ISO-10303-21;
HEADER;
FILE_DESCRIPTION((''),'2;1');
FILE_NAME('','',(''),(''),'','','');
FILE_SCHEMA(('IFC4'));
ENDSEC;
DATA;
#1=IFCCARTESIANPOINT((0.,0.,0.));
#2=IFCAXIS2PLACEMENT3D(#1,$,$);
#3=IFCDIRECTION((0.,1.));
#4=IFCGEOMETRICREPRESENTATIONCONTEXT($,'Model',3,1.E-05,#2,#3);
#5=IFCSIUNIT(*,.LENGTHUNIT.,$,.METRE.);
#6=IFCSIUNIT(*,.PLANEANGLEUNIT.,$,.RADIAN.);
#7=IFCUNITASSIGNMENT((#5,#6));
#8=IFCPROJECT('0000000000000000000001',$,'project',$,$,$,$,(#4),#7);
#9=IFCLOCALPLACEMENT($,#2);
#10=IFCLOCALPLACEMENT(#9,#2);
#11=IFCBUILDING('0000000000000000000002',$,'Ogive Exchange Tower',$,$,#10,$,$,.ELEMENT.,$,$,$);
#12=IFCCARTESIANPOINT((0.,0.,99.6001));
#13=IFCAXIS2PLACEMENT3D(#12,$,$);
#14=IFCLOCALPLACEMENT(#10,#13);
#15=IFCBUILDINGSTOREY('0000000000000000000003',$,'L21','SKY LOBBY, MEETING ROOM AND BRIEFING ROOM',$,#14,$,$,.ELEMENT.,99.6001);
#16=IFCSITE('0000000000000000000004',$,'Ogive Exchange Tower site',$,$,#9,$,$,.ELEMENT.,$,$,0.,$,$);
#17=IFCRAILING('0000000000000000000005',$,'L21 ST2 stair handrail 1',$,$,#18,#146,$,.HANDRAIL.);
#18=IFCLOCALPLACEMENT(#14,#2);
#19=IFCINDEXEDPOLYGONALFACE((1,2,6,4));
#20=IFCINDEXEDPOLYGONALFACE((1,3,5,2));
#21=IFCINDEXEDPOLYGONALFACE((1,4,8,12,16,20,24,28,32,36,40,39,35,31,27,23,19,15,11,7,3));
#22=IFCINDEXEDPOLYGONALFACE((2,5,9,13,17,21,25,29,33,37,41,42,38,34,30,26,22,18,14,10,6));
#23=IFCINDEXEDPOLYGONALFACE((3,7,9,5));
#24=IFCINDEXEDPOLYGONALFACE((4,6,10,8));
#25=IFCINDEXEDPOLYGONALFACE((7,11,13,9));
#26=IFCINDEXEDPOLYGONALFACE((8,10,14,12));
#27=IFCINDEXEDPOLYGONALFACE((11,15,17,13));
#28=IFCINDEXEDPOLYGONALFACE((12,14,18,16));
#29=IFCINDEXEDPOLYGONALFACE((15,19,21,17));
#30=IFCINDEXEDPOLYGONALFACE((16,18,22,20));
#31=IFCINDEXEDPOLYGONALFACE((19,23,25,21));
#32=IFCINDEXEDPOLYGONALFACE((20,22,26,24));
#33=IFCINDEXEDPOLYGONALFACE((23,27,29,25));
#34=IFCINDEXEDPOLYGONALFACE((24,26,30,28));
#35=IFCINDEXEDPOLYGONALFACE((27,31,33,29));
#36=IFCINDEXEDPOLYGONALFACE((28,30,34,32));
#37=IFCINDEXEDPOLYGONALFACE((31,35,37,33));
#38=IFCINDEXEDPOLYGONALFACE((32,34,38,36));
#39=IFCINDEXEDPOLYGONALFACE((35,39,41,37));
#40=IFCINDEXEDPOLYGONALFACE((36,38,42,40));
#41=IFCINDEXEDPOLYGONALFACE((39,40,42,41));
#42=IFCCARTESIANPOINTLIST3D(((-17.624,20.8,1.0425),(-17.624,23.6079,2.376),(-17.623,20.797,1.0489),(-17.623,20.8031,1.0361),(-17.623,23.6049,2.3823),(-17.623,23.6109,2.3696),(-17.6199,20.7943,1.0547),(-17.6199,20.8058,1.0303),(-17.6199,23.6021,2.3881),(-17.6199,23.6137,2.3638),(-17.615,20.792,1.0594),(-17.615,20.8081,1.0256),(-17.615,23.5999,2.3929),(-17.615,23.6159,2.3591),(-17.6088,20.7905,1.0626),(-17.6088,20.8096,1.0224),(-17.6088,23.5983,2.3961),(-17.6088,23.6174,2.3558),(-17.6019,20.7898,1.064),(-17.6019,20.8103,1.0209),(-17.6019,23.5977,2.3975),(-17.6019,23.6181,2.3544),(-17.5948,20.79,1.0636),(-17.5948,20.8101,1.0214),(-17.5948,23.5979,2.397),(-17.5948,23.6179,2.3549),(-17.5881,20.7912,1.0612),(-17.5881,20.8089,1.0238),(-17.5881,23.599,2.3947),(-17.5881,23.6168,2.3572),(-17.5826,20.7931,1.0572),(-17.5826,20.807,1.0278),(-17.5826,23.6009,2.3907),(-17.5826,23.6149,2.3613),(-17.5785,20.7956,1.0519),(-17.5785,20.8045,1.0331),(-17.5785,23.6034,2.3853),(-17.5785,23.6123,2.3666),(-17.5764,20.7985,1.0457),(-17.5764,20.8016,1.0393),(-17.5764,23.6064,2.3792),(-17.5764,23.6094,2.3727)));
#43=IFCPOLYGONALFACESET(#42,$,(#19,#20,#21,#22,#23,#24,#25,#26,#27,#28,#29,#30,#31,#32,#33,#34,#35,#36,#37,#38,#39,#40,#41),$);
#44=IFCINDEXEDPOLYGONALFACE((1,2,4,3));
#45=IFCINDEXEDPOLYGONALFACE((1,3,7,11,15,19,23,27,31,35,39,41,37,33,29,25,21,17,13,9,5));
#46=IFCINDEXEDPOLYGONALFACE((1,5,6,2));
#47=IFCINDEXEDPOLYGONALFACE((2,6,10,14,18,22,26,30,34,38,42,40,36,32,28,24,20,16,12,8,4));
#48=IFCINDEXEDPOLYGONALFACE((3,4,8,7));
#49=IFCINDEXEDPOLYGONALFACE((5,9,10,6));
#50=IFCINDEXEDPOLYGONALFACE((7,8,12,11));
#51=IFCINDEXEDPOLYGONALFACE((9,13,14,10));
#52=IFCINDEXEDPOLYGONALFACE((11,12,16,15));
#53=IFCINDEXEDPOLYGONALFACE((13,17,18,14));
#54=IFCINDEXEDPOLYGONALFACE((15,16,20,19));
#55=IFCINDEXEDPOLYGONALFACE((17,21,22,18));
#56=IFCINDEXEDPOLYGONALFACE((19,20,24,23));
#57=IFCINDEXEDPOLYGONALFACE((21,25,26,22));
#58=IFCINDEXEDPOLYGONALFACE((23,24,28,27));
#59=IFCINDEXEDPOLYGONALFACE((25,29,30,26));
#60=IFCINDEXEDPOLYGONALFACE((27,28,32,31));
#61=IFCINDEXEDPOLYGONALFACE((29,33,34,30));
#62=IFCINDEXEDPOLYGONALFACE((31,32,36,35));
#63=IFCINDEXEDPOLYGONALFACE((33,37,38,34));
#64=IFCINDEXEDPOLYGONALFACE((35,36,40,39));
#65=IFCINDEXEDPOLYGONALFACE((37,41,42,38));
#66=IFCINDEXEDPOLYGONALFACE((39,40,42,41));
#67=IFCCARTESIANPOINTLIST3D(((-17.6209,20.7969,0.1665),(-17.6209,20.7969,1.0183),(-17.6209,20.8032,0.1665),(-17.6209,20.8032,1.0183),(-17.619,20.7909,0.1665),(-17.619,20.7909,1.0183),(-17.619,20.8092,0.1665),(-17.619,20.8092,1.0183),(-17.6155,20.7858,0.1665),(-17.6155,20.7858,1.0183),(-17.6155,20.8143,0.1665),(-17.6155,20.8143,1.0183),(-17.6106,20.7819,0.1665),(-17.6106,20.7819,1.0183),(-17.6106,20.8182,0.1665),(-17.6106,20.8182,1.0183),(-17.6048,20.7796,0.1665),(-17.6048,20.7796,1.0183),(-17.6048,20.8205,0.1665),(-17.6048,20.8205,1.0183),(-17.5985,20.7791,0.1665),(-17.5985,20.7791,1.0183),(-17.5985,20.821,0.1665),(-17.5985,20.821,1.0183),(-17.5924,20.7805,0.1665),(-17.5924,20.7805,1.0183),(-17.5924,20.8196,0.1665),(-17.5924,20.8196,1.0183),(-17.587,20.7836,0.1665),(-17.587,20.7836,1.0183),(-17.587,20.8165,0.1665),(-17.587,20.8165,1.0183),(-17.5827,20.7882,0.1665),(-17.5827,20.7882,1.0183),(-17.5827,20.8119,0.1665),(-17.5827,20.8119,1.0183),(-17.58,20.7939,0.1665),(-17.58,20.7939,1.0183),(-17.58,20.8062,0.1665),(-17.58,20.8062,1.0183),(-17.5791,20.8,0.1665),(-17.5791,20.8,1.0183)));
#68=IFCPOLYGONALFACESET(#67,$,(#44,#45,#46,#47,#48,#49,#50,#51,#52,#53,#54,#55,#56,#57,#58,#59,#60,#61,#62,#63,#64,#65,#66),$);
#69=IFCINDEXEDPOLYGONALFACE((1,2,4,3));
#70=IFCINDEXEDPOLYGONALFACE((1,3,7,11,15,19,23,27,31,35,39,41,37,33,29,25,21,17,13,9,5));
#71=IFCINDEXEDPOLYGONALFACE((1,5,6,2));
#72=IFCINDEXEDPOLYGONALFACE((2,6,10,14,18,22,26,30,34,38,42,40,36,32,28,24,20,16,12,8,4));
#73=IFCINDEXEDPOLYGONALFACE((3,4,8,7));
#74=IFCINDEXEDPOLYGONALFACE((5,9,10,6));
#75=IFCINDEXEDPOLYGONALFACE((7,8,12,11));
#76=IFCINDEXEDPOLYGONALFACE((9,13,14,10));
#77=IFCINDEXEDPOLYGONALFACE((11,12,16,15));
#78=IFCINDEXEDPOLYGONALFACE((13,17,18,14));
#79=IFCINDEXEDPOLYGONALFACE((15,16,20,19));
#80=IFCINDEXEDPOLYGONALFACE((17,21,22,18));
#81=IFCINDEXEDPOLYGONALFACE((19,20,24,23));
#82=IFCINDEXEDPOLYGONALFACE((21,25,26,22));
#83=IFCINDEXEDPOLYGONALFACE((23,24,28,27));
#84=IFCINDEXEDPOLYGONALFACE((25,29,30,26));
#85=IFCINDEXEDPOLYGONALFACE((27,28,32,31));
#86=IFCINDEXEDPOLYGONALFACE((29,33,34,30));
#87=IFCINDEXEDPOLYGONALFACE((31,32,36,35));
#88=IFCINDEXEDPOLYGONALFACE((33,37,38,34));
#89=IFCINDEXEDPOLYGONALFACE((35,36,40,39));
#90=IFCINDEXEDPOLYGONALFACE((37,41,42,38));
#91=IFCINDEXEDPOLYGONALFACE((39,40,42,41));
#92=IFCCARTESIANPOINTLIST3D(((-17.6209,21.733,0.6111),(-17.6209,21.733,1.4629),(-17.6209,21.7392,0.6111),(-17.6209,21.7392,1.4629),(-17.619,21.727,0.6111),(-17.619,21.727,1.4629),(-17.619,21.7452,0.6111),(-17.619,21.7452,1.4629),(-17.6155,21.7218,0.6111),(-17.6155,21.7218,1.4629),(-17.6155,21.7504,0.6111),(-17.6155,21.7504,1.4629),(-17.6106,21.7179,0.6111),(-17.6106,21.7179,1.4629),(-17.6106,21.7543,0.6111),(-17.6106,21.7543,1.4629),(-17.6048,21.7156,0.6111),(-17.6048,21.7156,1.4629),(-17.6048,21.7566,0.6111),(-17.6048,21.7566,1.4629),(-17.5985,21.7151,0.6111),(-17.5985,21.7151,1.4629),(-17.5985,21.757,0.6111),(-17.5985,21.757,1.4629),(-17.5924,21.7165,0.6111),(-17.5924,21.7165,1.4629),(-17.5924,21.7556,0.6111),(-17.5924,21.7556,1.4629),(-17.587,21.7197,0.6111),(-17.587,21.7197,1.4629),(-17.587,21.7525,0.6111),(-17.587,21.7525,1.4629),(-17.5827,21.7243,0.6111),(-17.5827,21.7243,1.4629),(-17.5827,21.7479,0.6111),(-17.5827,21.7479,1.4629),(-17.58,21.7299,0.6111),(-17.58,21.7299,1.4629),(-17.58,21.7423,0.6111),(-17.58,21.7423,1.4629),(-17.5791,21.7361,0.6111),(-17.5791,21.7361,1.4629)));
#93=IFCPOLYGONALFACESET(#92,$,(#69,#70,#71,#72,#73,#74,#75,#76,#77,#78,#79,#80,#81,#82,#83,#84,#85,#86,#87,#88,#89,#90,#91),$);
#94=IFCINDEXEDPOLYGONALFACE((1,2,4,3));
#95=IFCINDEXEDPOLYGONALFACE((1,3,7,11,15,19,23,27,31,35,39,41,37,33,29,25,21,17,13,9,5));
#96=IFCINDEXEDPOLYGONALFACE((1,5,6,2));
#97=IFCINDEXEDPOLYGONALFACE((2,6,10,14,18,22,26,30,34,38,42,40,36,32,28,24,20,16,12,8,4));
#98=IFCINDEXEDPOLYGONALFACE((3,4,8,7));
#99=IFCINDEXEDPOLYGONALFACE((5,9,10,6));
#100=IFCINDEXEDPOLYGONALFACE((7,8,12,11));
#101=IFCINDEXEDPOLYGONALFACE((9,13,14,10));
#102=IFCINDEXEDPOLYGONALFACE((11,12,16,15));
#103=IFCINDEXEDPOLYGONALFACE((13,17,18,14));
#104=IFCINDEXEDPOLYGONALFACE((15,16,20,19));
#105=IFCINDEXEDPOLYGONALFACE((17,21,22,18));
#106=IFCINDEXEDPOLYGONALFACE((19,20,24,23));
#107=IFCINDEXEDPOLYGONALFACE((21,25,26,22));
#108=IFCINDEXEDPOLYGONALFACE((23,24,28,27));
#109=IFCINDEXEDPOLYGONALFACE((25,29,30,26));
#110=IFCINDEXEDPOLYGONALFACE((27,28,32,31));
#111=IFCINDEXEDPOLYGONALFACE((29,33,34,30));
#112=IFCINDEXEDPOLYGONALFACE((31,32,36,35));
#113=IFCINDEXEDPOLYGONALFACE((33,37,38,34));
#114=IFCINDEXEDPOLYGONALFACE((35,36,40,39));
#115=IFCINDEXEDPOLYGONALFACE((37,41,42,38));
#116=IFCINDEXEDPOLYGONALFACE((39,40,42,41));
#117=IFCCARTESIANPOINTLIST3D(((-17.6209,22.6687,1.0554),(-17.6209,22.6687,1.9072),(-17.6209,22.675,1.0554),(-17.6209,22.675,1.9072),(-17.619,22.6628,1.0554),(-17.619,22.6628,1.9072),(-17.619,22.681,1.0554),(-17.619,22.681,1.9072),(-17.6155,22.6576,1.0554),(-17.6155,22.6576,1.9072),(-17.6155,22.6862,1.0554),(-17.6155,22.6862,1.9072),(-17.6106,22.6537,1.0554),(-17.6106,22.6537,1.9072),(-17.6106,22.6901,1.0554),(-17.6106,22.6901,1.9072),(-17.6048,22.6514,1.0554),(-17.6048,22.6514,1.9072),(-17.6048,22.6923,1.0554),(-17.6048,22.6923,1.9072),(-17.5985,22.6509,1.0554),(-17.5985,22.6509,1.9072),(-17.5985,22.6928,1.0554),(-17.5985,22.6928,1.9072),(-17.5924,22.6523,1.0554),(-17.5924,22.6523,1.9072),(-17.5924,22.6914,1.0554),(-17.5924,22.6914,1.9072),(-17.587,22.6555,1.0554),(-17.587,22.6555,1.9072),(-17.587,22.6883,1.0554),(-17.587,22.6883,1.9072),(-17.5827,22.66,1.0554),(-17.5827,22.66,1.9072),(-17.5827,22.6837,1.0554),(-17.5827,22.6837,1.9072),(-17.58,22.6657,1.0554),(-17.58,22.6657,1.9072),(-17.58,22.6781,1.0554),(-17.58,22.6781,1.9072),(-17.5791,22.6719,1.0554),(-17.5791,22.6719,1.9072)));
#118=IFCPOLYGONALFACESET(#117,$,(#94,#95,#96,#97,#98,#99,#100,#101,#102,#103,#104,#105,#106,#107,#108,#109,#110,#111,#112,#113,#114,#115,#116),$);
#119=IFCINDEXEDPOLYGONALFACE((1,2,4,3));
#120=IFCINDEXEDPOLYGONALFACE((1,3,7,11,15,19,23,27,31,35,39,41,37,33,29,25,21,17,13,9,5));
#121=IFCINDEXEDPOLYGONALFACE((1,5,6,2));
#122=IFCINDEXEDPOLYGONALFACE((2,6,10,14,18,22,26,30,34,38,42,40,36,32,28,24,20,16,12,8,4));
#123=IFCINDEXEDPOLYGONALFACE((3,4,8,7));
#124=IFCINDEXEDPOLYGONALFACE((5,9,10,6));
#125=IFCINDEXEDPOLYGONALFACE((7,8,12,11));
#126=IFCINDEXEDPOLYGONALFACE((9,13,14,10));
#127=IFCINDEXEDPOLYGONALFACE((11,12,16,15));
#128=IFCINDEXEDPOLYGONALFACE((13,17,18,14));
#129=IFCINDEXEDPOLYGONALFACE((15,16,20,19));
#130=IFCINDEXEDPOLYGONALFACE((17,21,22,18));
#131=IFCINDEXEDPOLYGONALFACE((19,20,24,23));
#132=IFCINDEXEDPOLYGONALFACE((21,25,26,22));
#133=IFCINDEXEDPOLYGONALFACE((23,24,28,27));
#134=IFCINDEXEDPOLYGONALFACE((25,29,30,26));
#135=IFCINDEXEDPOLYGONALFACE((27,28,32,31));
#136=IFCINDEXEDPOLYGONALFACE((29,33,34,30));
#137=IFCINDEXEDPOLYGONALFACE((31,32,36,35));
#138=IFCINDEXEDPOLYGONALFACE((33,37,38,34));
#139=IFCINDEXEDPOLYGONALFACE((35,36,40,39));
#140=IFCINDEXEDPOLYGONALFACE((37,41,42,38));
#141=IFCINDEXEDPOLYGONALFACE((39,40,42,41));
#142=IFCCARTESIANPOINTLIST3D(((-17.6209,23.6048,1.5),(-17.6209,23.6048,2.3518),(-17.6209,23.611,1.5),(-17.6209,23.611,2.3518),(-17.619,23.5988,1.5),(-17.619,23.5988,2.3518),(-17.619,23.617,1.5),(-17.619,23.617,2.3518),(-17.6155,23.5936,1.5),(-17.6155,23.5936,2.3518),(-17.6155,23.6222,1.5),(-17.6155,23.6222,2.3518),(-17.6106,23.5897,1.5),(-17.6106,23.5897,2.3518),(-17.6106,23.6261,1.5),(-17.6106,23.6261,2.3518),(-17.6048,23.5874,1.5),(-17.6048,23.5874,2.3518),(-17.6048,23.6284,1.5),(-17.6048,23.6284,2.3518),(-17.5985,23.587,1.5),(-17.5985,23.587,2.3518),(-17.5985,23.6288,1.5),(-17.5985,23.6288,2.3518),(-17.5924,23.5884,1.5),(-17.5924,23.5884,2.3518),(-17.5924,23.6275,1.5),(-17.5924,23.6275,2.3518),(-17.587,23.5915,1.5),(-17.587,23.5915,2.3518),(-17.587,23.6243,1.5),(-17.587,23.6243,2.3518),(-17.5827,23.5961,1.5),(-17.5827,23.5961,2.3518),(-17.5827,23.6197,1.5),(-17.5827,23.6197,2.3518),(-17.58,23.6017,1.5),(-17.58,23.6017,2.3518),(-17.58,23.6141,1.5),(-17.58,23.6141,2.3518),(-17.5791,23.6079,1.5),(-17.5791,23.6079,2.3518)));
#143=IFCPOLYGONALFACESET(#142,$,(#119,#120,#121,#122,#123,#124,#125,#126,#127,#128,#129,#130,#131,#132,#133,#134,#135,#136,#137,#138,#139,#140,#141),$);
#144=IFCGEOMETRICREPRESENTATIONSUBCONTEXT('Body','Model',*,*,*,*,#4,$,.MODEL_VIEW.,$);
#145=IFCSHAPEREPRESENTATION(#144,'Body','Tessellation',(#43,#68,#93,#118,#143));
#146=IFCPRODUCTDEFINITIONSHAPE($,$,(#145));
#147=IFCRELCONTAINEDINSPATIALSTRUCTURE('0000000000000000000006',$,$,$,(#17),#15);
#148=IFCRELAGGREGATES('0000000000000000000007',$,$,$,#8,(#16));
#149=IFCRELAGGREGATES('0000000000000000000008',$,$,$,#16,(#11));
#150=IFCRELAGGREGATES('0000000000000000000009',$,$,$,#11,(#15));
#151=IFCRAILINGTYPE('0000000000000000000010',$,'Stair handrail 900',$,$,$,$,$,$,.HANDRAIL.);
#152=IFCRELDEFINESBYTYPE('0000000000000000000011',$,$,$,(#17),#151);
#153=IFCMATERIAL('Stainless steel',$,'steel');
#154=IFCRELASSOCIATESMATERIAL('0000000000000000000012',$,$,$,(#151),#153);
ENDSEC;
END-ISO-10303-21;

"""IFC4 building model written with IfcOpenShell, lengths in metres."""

from ifc_helpers import new_model, si_unit, direction, frame, origin, origin_2d, place, context, subcontext, project, spatial, circle, extrude, material, type_object, element, save


model = new_model("IFC4")

# Units and contexts
model_context = context("Model", 3, precision=1e-05, world=origin(), true_north=direction((0.0, 1.0)))
body_context = subcontext(model_context, "Body", "Model", "MODEL_VIEW")
ifc_project = project(units=[si_unit("LENGTHUNIT", "METRE"), si_unit("PLANEANGLEUNIT", "RADIAN")], contexts=[model_context])

# Site, building, storey
site_placement = place(None, origin())
site = spatial("IfcSite", under=ifc_project, at=site_placement, Name="Ogive Exchange Tower site", CompositionType="ELEMENT", RefElevation=0.0)
building_placement = place(site_placement, origin())
building = spatial("IfcBuilding", under=site, at=building_placement, Name="Ogive Exchange Tower", CompositionType="ELEMENT")
storey_placement = place(building_placement, frame((0.0, 0.0, 99.6001)))
storey = spatial("IfcBuildingStorey", under=building, at=storey_placement, Name="L21", Description="SKY LOBBY, MEETING ROOM AND BRIEFING ROOM", CompositionType="ELEMENT", Elevation=99.6001)

# Railing
ifc_material_1 = material(Name="Stainless steel", Category="steel")
railing_type = type_object("IfcRailingType", Name="Stair handrail 900", PredefinedType="HANDRAIL", material=ifc_material_1)
for number, where, name in (
    (1, (-17.6001, 20.8, 0.1665), "L21 ST2 stair handrail 1"),
):
    element("IfcRailing", number, at=place(storey_placement, frame(where)), inside=storey, type_object=railing_type, Name=name, PredefinedType="HANDRAIL", context=body_context, shape_type="SweptSolid", body=[
        extrude(circle(Radius=0.0239, at=origin_2d()), frame((0.0, 0.0, 0.876), z_axis=(0.0, 0.903307, 0.428994), x_axis=(-1.0, 0.0, 0.0)), (0.0, 0.0, 1.0), 3.1084),
        extrude(circle(Radius=0.021, at=origin_2d()), origin(), (0.0, 0.0, 1.0), 0.8518),
        extrude(circle(Radius=0.021, at=origin_2d()), frame((0.0, 0.936, 0.4446)), (0.0, 0.0, 1.0), 0.8518),
        extrude(circle(Radius=0.021, at=origin_2d()), frame((0.0, 1.8718, 0.8889)), (0.0, 0.0, 1.0), 0.8518),
        extrude(circle(Radius=0.021, at=origin_2d()), frame((0.0, 2.8079, 1.3335)), (0.0, 0.0, 1.0), 0.8518),
    ])

save(model, "model.ifc")
